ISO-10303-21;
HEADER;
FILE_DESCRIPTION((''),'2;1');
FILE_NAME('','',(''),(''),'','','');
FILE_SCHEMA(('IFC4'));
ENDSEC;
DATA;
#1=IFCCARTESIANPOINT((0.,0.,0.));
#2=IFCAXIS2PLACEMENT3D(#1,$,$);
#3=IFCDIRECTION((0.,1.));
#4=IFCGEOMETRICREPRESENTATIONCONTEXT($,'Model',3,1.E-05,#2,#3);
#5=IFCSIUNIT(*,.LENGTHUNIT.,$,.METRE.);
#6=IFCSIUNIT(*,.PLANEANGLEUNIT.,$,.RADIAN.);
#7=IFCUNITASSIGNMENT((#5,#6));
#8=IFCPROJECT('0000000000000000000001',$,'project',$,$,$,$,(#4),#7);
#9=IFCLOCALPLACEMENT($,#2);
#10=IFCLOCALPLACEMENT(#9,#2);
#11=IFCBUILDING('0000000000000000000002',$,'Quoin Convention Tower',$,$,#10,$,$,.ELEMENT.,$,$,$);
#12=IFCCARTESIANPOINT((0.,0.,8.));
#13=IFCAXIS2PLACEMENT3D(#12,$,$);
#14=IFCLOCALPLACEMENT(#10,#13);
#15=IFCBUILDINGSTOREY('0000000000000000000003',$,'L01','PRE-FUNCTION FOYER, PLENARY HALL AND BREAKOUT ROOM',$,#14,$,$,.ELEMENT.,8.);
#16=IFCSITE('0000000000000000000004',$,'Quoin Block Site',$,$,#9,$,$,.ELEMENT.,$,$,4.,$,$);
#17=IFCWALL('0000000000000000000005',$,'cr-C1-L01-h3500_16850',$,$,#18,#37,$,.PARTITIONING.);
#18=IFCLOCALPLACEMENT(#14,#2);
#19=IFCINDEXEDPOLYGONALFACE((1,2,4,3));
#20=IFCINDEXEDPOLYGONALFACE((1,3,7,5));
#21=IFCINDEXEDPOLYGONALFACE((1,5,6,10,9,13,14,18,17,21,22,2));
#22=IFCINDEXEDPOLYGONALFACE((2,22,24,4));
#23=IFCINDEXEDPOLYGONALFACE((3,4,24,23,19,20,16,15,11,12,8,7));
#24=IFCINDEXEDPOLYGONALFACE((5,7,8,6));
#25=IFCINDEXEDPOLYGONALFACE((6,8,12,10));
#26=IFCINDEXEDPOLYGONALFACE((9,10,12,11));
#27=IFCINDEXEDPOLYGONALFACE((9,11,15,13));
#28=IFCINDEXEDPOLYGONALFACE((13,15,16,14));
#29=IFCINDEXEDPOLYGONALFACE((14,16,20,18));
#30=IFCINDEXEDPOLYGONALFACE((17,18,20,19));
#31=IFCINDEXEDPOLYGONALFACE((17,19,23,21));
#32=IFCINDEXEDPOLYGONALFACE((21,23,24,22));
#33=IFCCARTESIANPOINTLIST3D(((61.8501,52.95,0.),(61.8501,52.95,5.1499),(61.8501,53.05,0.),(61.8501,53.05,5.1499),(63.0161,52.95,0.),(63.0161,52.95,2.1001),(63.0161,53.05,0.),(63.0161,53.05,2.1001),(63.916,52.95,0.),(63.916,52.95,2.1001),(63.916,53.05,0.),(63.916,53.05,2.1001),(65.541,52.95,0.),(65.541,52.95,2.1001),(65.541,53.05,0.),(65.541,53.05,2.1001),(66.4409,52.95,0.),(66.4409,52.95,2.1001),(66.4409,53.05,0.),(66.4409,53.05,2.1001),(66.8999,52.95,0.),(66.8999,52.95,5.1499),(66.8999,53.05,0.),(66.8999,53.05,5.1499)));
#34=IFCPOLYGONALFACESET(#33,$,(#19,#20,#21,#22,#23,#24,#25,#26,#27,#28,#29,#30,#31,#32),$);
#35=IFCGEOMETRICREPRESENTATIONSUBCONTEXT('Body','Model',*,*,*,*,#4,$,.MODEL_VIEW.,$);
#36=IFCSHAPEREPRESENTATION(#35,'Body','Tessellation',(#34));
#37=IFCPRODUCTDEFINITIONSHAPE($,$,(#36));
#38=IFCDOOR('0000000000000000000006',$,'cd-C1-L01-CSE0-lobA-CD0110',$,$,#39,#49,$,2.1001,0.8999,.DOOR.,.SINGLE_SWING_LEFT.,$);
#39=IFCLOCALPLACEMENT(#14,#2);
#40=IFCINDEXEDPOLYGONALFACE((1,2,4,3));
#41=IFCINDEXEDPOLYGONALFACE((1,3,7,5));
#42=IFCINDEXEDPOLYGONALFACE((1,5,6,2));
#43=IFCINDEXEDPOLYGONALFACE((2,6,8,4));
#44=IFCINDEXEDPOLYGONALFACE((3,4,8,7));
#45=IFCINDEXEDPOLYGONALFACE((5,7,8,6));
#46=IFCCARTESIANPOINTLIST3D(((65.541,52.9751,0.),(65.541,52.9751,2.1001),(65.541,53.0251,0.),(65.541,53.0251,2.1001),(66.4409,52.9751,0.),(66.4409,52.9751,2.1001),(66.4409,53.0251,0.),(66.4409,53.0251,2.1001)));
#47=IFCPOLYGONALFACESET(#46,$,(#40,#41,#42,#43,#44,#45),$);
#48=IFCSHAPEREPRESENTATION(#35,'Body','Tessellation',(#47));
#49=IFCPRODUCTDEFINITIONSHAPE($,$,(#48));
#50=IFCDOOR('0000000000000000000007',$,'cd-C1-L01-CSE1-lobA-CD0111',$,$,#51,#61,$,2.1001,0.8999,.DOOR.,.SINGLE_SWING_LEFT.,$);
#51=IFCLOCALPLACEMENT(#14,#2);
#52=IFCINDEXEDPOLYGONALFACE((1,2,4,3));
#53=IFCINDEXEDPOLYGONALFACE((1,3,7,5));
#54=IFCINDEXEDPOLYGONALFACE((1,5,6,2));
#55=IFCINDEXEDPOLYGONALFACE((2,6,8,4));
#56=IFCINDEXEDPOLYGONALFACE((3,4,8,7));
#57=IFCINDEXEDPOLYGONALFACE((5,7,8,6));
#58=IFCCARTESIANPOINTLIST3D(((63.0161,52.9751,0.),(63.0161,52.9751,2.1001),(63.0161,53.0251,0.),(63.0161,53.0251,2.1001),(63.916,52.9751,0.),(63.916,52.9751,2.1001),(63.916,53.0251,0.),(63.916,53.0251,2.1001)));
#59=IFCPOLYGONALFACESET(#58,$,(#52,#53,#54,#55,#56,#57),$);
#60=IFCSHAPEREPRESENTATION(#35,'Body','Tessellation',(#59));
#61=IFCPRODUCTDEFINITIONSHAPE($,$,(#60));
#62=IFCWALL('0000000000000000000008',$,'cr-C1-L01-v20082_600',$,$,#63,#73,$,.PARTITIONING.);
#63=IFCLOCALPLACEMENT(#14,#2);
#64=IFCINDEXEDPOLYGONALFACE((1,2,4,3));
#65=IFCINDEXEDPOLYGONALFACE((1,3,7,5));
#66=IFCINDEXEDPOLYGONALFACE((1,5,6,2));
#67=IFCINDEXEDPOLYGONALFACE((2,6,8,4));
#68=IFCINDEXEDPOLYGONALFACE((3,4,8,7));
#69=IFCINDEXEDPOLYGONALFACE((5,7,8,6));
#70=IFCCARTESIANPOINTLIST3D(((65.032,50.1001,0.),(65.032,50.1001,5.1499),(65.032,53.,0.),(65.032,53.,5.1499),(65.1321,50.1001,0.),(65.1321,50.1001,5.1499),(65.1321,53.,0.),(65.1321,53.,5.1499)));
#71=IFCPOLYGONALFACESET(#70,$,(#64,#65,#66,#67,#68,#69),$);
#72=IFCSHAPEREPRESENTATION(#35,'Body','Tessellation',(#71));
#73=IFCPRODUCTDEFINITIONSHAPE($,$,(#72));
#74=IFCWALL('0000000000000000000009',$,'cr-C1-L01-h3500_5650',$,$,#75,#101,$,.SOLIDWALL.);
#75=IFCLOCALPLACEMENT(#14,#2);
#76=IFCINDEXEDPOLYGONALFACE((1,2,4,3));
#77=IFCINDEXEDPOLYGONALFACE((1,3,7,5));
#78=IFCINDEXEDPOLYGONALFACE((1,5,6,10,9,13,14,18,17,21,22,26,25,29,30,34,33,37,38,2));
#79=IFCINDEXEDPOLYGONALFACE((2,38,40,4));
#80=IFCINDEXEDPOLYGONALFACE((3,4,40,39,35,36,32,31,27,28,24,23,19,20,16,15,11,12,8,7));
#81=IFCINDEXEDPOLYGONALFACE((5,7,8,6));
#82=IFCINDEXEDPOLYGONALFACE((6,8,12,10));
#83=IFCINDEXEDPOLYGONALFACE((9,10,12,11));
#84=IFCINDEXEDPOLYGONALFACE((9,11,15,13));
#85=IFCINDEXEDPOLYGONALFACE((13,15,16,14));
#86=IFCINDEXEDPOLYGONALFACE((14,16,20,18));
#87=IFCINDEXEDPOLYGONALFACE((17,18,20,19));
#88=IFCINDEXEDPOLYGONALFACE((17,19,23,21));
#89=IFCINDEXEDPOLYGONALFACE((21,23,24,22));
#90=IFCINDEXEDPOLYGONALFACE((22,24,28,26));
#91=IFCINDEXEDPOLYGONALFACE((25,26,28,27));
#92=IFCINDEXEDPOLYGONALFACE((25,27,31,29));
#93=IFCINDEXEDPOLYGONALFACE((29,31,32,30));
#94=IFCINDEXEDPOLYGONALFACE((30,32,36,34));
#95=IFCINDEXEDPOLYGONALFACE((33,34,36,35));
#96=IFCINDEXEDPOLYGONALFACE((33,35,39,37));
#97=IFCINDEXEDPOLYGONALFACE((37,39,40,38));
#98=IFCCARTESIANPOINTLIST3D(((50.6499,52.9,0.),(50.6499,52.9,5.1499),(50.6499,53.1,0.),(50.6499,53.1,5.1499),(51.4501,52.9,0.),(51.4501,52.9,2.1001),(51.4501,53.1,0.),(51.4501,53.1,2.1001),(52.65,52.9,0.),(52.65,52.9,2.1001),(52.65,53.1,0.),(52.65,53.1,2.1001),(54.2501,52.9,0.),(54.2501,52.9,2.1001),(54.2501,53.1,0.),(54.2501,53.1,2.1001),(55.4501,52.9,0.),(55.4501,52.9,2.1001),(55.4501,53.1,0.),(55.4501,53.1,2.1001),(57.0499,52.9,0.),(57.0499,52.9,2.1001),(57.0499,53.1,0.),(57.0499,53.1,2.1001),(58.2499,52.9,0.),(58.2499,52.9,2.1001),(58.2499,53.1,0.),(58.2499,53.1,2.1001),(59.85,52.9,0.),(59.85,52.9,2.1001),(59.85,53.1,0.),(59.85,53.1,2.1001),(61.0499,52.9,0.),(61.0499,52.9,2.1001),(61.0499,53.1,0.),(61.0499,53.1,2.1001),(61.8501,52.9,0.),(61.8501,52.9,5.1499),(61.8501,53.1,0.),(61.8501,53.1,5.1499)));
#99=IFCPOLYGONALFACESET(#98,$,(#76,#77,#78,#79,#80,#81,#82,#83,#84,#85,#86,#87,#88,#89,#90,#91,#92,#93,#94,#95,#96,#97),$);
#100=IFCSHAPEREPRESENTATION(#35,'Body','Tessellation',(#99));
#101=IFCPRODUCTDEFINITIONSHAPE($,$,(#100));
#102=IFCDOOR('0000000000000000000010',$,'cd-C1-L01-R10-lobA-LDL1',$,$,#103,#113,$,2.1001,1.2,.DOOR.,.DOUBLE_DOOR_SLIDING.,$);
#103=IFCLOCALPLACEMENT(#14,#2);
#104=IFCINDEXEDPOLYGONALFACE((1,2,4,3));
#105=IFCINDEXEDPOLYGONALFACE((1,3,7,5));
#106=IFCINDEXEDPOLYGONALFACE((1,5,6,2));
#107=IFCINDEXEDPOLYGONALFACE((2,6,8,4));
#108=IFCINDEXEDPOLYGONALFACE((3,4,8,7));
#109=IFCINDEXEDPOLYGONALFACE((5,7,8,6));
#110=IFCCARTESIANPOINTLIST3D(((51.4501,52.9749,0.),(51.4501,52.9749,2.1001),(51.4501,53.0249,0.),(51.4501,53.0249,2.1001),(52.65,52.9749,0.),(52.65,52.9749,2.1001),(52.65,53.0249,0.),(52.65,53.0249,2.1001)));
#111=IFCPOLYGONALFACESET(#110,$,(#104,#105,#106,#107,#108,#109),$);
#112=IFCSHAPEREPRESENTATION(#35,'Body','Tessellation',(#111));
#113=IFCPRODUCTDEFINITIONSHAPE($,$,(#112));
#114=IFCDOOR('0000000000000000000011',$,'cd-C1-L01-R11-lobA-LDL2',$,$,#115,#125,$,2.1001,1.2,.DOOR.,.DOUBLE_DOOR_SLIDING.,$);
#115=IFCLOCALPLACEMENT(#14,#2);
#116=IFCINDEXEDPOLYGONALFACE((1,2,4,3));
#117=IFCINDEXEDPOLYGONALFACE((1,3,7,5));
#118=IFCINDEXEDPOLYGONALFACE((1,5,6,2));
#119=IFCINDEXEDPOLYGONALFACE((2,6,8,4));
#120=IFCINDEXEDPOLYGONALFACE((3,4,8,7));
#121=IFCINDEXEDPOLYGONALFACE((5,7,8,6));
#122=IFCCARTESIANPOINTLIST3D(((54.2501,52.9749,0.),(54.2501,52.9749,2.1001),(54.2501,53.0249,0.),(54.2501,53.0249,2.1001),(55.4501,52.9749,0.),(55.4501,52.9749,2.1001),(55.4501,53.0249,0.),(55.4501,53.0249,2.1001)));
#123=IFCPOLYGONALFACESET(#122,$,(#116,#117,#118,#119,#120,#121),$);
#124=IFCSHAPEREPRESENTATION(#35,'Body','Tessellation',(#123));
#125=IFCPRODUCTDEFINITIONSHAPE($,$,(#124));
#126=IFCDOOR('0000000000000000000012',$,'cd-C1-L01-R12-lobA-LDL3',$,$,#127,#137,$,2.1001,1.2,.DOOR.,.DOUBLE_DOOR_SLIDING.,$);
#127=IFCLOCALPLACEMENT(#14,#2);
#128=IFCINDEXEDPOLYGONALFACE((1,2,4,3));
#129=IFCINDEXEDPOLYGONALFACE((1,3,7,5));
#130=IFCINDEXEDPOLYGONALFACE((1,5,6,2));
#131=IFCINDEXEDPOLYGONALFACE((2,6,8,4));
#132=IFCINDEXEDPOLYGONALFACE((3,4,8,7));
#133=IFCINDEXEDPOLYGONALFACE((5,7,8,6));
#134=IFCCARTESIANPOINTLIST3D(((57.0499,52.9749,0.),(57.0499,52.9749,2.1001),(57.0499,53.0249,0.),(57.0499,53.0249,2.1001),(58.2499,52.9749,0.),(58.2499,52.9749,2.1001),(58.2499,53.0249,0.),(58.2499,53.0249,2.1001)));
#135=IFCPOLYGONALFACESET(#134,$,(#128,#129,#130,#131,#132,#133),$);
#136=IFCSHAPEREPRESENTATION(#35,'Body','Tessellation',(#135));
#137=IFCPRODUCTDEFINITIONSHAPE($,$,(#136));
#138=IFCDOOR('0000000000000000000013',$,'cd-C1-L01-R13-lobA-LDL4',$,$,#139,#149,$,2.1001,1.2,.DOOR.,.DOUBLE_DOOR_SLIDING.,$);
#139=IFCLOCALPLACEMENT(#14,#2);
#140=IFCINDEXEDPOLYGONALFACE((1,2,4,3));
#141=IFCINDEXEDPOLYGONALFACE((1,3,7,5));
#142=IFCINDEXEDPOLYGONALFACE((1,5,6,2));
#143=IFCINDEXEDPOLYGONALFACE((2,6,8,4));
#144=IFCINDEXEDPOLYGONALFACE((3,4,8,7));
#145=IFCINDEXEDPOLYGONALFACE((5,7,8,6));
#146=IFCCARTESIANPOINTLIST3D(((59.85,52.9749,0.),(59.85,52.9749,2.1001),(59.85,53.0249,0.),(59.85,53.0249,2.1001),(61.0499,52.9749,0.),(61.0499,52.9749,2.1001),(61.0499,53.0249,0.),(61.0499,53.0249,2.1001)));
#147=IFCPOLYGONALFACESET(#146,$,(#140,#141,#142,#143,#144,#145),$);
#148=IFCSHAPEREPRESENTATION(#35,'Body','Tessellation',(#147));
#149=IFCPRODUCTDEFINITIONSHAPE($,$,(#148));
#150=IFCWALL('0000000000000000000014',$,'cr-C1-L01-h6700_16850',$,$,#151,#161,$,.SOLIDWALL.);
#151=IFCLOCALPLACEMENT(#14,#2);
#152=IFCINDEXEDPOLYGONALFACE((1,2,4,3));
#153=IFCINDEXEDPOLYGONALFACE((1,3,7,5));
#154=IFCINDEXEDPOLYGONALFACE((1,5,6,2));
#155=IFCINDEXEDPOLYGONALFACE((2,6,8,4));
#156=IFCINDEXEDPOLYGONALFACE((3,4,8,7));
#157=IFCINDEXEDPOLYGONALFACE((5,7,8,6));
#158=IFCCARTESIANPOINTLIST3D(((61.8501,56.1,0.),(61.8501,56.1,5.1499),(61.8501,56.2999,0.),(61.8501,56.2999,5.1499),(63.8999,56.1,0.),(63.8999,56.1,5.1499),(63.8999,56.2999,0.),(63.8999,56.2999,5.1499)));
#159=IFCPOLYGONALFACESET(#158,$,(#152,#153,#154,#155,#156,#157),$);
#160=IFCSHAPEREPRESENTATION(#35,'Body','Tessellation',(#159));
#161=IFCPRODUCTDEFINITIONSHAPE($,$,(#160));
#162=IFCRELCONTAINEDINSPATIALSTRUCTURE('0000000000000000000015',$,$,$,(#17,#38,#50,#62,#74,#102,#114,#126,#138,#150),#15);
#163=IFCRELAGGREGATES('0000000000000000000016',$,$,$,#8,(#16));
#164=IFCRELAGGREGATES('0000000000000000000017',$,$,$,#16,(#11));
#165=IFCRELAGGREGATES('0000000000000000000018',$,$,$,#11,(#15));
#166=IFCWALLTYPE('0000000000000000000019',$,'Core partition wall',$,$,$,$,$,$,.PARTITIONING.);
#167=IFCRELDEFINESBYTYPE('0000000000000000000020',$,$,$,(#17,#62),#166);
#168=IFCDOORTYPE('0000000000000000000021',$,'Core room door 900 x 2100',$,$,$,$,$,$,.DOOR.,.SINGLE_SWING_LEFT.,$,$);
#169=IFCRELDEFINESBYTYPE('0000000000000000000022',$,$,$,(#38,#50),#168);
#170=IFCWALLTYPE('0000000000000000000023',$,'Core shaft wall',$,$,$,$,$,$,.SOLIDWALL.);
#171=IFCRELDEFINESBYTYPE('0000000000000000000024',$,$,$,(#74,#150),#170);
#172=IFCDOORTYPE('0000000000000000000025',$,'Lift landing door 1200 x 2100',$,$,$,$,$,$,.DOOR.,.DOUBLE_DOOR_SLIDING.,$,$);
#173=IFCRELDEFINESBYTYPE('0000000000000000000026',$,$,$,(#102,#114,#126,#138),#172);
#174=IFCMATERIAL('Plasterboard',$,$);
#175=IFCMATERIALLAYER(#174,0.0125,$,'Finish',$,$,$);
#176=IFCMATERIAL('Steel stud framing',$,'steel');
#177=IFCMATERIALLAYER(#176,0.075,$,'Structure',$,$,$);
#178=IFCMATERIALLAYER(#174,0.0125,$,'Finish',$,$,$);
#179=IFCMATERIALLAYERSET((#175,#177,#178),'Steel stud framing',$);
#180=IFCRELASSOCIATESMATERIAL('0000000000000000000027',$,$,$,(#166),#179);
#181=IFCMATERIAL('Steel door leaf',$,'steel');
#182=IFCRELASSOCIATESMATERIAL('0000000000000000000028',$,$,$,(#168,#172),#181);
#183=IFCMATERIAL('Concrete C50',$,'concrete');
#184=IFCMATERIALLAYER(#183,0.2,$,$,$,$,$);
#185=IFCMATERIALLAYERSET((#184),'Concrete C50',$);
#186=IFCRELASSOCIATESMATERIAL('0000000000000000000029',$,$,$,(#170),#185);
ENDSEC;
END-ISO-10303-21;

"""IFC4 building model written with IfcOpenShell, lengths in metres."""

from ifc_helpers import new_model, si_unit, direction, frame, frame_2d, origin, place, context, subcontext, project, spatial, rectangle, extrude, material, layer, layer_set, type_object, element, fill, save


model = new_model("IFC4")

# Units and contexts
model_context = context("Model", 3, precision=1e-05, world=origin(), true_north=direction((0.0, 1.0)))
body_context = subcontext(model_context, "Body", "Model", "MODEL_VIEW")
ifc_project = project(units=[si_unit("LENGTHUNIT", "METRE"), si_unit("PLANEANGLEUNIT", "RADIAN")], contexts=[model_context])

# Site, building, storey
site_placement = place(None, origin())
site = spatial("IfcSite", under=ifc_project, at=site_placement, Name="Quoin Block Site", CompositionType="ELEMENT", RefElevation=4.0)
building_placement = place(site_placement, origin())
building = spatial("IfcBuilding", under=site, at=building_placement, Name="Quoin Convention Tower", CompositionType="ELEMENT")
storey_placement = place(building_placement, frame((0.0, 0.0, 8.0)))
storey = spatial("IfcBuildingStorey", under=building, at=storey_placement, Name="L01", Description="PRE-FUNCTION FOYER, PLENARY HALL AND BREAKOUT ROOM", CompositionType="ELEMENT", Elevation=8.0)

# Wall, openings, doors
ifc_material_1 = material(Name="Plasterboard")
ifc_layer_1 = layer(ifc_material_1, 0.0125, Name="Finish")
ifc_material_2 = material(Name="Steel stud framing", Category="steel")
ifc_layer_2 = layer(ifc_material_2, 0.075, Name="Structure")
ifc_layer_3 = layer(ifc_material_1, 0.0125, Name="Finish")
ifc_layer_set_1 = layer_set([ifc_layer_1, ifc_layer_2, ifc_layer_3], Name="Steel stud framing")
wall_type_1 = type_object("IfcWallType", Name="Core partition wall", PredefinedType="PARTITIONING", material=ifc_layer_set_1)
wall_1_placement = place(storey_placement, frame((61.8501, 53.0, 0.0), z_axis=(0.0, 0.0, 1.0), x_axis=(1.0, 0.0, 0.0)))
wall_1 = element("IfcWall", 1, at=wall_1_placement, inside=storey, type_object=wall_type_1, Name="cr-C1-L01-h3500_16850", PredefinedType="PARTITIONING", context=body_context, shape_type="SweptSolid", body=[
    extrude(rectangle(XDim=5.0498, YDim=0.1001, at=frame_2d((2.5249, 0.0))), origin(), (0.0, 0.0, 1.0), 5.1499),
])
opening_1_placement = place(wall_1_placement, frame((3.6909, 0.0, 0.0)))
opening_1 = element("IfcOpeningElement", 2, at=opening_1_placement, cuts=wall_1, PredefinedType="OPENING", context=body_context, shape_type="SweptSolid", body=[
    extrude(rectangle(XDim=0.8999, YDim=2.1001, at=frame_2d((0.45, 1.05))), frame((0.0, 0.0601, 0.0), z_axis=(0.0, -1.0, 0.0), x_axis=(1.0, 0.0, 0.0)), (0.0, 0.0, 1.0), 0.1201),
])
opening_2_placement = place(wall_1_placement, frame((1.166, 0.0, 0.0)))
opening_2 = element("IfcOpeningElement", 3, at=opening_2_placement, cuts=wall_1, PredefinedType="OPENING", context=body_context, shape_type="SweptSolid", body=[
    extrude(rectangle(XDim=0.8999, YDim=2.1001, at=frame_2d((0.45, 1.05))), frame((0.0, 0.0601, 0.0), z_axis=(0.0, -1.0, 0.0), x_axis=(1.0, 0.0, 0.0)), (0.0, 0.0, 1.0), 0.1201),
])
ifc_material_3 = material(Name="Steel door leaf", Category="steel")
door_type_1 = type_object("IfcDoorType", Name="Core room door 900 x 2100", OperationType="SINGLE_SWING_LEFT", PredefinedType="DOOR", material=ifc_material_3)
door_1_placement = place(opening_1_placement, frame((0.8999, 0.0, 0.0), z_axis=(0.0, 0.0, 1.0), x_axis=(-1.0, 0.0, 0.0)))
door_1 = element("IfcDoor", 4, at=door_1_placement, inside=storey, type_object=door_type_1, Name="cd-C1-L01-CSE0-lobA-CD0110", OperationType="SINGLE_SWING_LEFT", OverallHeight=2.1001, OverallWidth=0.8999, PredefinedType="DOOR", context=body_context, shape_type="SweptSolid", body=[
    extrude(rectangle(XDim=0.8999, YDim=2.1001, at=frame_2d((0.45, 1.05))), frame((0.0, 0.0249, 0.0), z_axis=(0.0, -1.0, 0.0), x_axis=(1.0, 0.0, 0.0)), (0.0, 0.0, 1.0), 0.05),
])
fill(opening_1, door_1)
door_2_placement = place(opening_2_placement, frame((0.8999, 0.0, 0.0), z_axis=(0.0, 0.0, 1.0), x_axis=(-1.0, 0.0, 0.0)))
door_2 = element("IfcDoor", 5, at=door_2_placement, inside=storey, type_object=door_type_1, Name="cd-C1-L01-CSE1-lobA-CD0111", OperationType="SINGLE_SWING_LEFT", OverallHeight=2.1001, OverallWidth=0.8999, PredefinedType="DOOR", context=body_context, shape_type="SweptSolid", body=[
    extrude(rectangle(XDim=0.8999, YDim=2.1001, at=frame_2d((0.45, 1.05))), frame((0.0, 0.0249, 0.0), z_axis=(0.0, -1.0, 0.0), x_axis=(1.0, 0.0, 0.0)), (0.0, 0.0, 1.0), 0.05),
])
fill(opening_2, door_2)

# Wall
wall_2_placement = place(storey_placement, frame((65.082, 50.1001, 0.0), z_axis=(0.0, 0.0, 1.0), x_axis=(0.0, 1.0, 0.0)))
element("IfcWall", 6, at=wall_2_placement, inside=storey, type_object=wall_type_1, Name="cr-C1-L01-v20082_600", PredefinedType="PARTITIONING", context=body_context, shape_type="SweptSolid", body=[
    extrude(rectangle(XDim=2.8999, YDim=0.1001, at=frame_2d((1.45, 0.0))), origin(), (0.0, 0.0, 1.0), 5.1499),
])

# Wall, openings, doors
ifc_material_4 = material(Name="Concrete C50", Category="concrete")
ifc_layer_4 = layer(ifc_material_4, 0.2)
ifc_layer_set_2 = layer_set([ifc_layer_4], Name="Concrete C50")
wall_type_2 = type_object("IfcWallType", Name="Core shaft wall", PredefinedType="SOLIDWALL", material=ifc_layer_set_2)
wall_3_placement = place(storey_placement, frame((50.6499, 53.0, 0.0), z_axis=(0.0, 0.0, 1.0), x_axis=(1.0, 0.0, 0.0)))
wall_3 = element("IfcWall", 7, at=wall_3_placement, inside=storey, type_object=wall_type_2, Name="cr-C1-L01-h3500_5650", PredefinedType="SOLIDWALL", context=body_context, shape_type="SweptSolid", body=[
    extrude(rectangle(XDim=11.2002, YDim=0.2, at=frame_2d((5.6001, 0.0))), origin(), (0.0, 0.0, 1.0), 5.1499),
])
opening_3_placement = place(wall_3_placement, frame((0.8, 0.0, 0.0)))
opening_3 = element("IfcOpeningElement", 8, at=opening_3_placement, cuts=wall_3, PredefinedType="OPENING", context=body_context, shape_type="SweptSolid", body=[
    extrude(rectangle(XDim=1.2, YDim=2.1001, at=frame_2d((0.6001, 1.05))), frame((0.0, 0.1099, 0.0), z_axis=(0.0, -1.0, 0.0), x_axis=(1.0, 0.0, 0.0)), (0.0, 0.0, 1.0), 0.22),
])
opening_4_placement = place(wall_3_placement, frame((3.6001, 0.0, 0.0)))
opening_4 = element("IfcOpeningElement", 9, at=opening_4_placement, cuts=wall_3, PredefinedType="OPENING", context=body_context, shape_type="SweptSolid", body=[
    extrude(rectangle(XDim=1.2, YDim=2.1001, at=frame_2d((0.6001, 1.05))), frame((0.0, 0.1099, 0.0), z_axis=(0.0, -1.0, 0.0), x_axis=(1.0, 0.0, 0.0)), (0.0, 0.0, 1.0), 0.22),
])
opening_5_placement = place(wall_3_placement, frame((6.3999, 0.0, 0.0)))
opening_5 = element("IfcOpeningElement", 10, at=opening_5_placement, cuts=wall_3, PredefinedType="OPENING", context=body_context, shape_type="SweptSolid", body=[
    extrude(rectangle(XDim=1.2, YDim=2.1001, at=frame_2d((0.6001, 1.05))), frame((0.0, 0.1099, 0.0), z_axis=(0.0, -1.0, 0.0), x_axis=(1.0, 0.0, 0.0)), (0.0, 0.0, 1.0), 0.22),
])
opening_6_placement = place(wall_3_placement, frame((9.2, 0.0, 0.0)))
opening_6 = element("IfcOpeningElement", 11, at=opening_6_placement, cuts=wall_3, PredefinedType="OPENING", context=body_context, shape_type="SweptSolid", body=[
    extrude(rectangle(XDim=1.2, YDim=2.1001, at=frame_2d((0.6001, 1.05))), frame((0.0, 0.1099, 0.0), z_axis=(0.0, -1.0, 0.0), x_axis=(1.0, 0.0, 0.0)), (0.0, 0.0, 1.0), 0.22),
])
door_type_2 = type_object("IfcDoorType", Name="Lift landing door 1200 x 2100", OperationType="DOUBLE_DOOR_SLIDING", PredefinedType="DOOR", material=ifc_material_3)
door_3_placement = place(opening_3_placement, origin())
door_3 = element("IfcDoor", 12, at=door_3_placement, inside=storey, type_object=door_type_2, Name="cd-C1-L01-R10-lobA-LDL1", OperationType="DOUBLE_DOOR_SLIDING", OverallHeight=2.1001, OverallWidth=1.2, PredefinedType="DOOR", context=body_context, shape_type="SweptSolid", body=[
    extrude(rectangle(XDim=1.2, YDim=2.1001, at=frame_2d((0.6001, 1.05))), frame((0.0, 0.0249, 0.0), z_axis=(0.0, -1.0, 0.0), x_axis=(1.0, 0.0, 0.0)), (0.0, 0.0, 1.0), 0.05),
])
fill(opening_3, door_3)
door_4_placement = place(opening_4_placement, origin())
door_4 = element("IfcDoor", 13, at=door_4_placement, inside=storey, type_object=door_type_2, Name="cd-C1-L01-R11-lobA-LDL2", OperationType="DOUBLE_DOOR_SLIDING", OverallHeight=2.1001, OverallWidth=1.2, PredefinedType="DOOR", context=body_context, shape_type="SweptSolid", body=[
    extrude(rectangle(XDim=1.2, YDim=2.1001, at=frame_2d((0.6001, 1.05))), frame((0.0, 0.0249, 0.0), z_axis=(0.0, -1.0, 0.0), x_axis=(1.0, 0.0, 0.0)), (0.0, 0.0, 1.0), 0.05),
])
fill(opening_4, door_4)
door_5_placement = place(opening_5_placement, origin())
door_5 = element("IfcDoor", 14, at=door_5_placement, inside=storey, type_object=door_type_2, Name="cd-C1-L01-R12-lobA-LDL3", OperationType="DOUBLE_DOOR_SLIDING", OverallHeight=2.1001, OverallWidth=1.2, PredefinedType="DOOR", context=body_context, shape_type="SweptSolid", body=[
    extrude(rectangle(XDim=1.2, YDim=2.1001, at=frame_2d((0.6001, 1.05))), frame((0.0, 0.0249, 0.0), z_axis=(0.0, -1.0, 0.0), x_axis=(1.0, 0.0, 0.0)), (0.0, 0.0, 1.0), 0.05),
])
fill(opening_5, door_5)
door_6_placement = place(opening_6_placement, origin())
door_6 = element("IfcDoor", 15, at=door_6_placement, inside=storey, type_object=door_type_2, Name="cd-C1-L01-R13-lobA-LDL4", OperationType="DOUBLE_DOOR_SLIDING", OverallHeight=2.1001, OverallWidth=1.2, PredefinedType="DOOR", context=body_context, shape_type="SweptSolid", body=[
    extrude(rectangle(XDim=1.2, YDim=2.1001, at=frame_2d((0.6001, 1.05))), frame((0.0, 0.0249, 0.0), z_axis=(0.0, -1.0, 0.0), x_axis=(1.0, 0.0, 0.0)), (0.0, 0.0, 1.0), 0.05),
])
fill(opening_6, door_6)

# Wall
wall_4_placement = place(storey_placement, frame((61.8501, 56.2, 0.0), z_axis=(0.0, 0.0, 1.0), x_axis=(1.0, 0.0, 0.0)))
element("IfcWall", 16, at=wall_4_placement, inside=storey, type_object=wall_type_2, Name="cr-C1-L01-h6700_16850", PredefinedType="SOLIDWALL", context=body_context, shape_type="SweptSolid", body=[
    extrude(rectangle(XDim=2.0498, YDim=0.2, at=frame_2d((1.0249, 0.0))), origin(), (0.0, 0.0, 1.0), 5.1499),
])

save(model, "model.ifc")
